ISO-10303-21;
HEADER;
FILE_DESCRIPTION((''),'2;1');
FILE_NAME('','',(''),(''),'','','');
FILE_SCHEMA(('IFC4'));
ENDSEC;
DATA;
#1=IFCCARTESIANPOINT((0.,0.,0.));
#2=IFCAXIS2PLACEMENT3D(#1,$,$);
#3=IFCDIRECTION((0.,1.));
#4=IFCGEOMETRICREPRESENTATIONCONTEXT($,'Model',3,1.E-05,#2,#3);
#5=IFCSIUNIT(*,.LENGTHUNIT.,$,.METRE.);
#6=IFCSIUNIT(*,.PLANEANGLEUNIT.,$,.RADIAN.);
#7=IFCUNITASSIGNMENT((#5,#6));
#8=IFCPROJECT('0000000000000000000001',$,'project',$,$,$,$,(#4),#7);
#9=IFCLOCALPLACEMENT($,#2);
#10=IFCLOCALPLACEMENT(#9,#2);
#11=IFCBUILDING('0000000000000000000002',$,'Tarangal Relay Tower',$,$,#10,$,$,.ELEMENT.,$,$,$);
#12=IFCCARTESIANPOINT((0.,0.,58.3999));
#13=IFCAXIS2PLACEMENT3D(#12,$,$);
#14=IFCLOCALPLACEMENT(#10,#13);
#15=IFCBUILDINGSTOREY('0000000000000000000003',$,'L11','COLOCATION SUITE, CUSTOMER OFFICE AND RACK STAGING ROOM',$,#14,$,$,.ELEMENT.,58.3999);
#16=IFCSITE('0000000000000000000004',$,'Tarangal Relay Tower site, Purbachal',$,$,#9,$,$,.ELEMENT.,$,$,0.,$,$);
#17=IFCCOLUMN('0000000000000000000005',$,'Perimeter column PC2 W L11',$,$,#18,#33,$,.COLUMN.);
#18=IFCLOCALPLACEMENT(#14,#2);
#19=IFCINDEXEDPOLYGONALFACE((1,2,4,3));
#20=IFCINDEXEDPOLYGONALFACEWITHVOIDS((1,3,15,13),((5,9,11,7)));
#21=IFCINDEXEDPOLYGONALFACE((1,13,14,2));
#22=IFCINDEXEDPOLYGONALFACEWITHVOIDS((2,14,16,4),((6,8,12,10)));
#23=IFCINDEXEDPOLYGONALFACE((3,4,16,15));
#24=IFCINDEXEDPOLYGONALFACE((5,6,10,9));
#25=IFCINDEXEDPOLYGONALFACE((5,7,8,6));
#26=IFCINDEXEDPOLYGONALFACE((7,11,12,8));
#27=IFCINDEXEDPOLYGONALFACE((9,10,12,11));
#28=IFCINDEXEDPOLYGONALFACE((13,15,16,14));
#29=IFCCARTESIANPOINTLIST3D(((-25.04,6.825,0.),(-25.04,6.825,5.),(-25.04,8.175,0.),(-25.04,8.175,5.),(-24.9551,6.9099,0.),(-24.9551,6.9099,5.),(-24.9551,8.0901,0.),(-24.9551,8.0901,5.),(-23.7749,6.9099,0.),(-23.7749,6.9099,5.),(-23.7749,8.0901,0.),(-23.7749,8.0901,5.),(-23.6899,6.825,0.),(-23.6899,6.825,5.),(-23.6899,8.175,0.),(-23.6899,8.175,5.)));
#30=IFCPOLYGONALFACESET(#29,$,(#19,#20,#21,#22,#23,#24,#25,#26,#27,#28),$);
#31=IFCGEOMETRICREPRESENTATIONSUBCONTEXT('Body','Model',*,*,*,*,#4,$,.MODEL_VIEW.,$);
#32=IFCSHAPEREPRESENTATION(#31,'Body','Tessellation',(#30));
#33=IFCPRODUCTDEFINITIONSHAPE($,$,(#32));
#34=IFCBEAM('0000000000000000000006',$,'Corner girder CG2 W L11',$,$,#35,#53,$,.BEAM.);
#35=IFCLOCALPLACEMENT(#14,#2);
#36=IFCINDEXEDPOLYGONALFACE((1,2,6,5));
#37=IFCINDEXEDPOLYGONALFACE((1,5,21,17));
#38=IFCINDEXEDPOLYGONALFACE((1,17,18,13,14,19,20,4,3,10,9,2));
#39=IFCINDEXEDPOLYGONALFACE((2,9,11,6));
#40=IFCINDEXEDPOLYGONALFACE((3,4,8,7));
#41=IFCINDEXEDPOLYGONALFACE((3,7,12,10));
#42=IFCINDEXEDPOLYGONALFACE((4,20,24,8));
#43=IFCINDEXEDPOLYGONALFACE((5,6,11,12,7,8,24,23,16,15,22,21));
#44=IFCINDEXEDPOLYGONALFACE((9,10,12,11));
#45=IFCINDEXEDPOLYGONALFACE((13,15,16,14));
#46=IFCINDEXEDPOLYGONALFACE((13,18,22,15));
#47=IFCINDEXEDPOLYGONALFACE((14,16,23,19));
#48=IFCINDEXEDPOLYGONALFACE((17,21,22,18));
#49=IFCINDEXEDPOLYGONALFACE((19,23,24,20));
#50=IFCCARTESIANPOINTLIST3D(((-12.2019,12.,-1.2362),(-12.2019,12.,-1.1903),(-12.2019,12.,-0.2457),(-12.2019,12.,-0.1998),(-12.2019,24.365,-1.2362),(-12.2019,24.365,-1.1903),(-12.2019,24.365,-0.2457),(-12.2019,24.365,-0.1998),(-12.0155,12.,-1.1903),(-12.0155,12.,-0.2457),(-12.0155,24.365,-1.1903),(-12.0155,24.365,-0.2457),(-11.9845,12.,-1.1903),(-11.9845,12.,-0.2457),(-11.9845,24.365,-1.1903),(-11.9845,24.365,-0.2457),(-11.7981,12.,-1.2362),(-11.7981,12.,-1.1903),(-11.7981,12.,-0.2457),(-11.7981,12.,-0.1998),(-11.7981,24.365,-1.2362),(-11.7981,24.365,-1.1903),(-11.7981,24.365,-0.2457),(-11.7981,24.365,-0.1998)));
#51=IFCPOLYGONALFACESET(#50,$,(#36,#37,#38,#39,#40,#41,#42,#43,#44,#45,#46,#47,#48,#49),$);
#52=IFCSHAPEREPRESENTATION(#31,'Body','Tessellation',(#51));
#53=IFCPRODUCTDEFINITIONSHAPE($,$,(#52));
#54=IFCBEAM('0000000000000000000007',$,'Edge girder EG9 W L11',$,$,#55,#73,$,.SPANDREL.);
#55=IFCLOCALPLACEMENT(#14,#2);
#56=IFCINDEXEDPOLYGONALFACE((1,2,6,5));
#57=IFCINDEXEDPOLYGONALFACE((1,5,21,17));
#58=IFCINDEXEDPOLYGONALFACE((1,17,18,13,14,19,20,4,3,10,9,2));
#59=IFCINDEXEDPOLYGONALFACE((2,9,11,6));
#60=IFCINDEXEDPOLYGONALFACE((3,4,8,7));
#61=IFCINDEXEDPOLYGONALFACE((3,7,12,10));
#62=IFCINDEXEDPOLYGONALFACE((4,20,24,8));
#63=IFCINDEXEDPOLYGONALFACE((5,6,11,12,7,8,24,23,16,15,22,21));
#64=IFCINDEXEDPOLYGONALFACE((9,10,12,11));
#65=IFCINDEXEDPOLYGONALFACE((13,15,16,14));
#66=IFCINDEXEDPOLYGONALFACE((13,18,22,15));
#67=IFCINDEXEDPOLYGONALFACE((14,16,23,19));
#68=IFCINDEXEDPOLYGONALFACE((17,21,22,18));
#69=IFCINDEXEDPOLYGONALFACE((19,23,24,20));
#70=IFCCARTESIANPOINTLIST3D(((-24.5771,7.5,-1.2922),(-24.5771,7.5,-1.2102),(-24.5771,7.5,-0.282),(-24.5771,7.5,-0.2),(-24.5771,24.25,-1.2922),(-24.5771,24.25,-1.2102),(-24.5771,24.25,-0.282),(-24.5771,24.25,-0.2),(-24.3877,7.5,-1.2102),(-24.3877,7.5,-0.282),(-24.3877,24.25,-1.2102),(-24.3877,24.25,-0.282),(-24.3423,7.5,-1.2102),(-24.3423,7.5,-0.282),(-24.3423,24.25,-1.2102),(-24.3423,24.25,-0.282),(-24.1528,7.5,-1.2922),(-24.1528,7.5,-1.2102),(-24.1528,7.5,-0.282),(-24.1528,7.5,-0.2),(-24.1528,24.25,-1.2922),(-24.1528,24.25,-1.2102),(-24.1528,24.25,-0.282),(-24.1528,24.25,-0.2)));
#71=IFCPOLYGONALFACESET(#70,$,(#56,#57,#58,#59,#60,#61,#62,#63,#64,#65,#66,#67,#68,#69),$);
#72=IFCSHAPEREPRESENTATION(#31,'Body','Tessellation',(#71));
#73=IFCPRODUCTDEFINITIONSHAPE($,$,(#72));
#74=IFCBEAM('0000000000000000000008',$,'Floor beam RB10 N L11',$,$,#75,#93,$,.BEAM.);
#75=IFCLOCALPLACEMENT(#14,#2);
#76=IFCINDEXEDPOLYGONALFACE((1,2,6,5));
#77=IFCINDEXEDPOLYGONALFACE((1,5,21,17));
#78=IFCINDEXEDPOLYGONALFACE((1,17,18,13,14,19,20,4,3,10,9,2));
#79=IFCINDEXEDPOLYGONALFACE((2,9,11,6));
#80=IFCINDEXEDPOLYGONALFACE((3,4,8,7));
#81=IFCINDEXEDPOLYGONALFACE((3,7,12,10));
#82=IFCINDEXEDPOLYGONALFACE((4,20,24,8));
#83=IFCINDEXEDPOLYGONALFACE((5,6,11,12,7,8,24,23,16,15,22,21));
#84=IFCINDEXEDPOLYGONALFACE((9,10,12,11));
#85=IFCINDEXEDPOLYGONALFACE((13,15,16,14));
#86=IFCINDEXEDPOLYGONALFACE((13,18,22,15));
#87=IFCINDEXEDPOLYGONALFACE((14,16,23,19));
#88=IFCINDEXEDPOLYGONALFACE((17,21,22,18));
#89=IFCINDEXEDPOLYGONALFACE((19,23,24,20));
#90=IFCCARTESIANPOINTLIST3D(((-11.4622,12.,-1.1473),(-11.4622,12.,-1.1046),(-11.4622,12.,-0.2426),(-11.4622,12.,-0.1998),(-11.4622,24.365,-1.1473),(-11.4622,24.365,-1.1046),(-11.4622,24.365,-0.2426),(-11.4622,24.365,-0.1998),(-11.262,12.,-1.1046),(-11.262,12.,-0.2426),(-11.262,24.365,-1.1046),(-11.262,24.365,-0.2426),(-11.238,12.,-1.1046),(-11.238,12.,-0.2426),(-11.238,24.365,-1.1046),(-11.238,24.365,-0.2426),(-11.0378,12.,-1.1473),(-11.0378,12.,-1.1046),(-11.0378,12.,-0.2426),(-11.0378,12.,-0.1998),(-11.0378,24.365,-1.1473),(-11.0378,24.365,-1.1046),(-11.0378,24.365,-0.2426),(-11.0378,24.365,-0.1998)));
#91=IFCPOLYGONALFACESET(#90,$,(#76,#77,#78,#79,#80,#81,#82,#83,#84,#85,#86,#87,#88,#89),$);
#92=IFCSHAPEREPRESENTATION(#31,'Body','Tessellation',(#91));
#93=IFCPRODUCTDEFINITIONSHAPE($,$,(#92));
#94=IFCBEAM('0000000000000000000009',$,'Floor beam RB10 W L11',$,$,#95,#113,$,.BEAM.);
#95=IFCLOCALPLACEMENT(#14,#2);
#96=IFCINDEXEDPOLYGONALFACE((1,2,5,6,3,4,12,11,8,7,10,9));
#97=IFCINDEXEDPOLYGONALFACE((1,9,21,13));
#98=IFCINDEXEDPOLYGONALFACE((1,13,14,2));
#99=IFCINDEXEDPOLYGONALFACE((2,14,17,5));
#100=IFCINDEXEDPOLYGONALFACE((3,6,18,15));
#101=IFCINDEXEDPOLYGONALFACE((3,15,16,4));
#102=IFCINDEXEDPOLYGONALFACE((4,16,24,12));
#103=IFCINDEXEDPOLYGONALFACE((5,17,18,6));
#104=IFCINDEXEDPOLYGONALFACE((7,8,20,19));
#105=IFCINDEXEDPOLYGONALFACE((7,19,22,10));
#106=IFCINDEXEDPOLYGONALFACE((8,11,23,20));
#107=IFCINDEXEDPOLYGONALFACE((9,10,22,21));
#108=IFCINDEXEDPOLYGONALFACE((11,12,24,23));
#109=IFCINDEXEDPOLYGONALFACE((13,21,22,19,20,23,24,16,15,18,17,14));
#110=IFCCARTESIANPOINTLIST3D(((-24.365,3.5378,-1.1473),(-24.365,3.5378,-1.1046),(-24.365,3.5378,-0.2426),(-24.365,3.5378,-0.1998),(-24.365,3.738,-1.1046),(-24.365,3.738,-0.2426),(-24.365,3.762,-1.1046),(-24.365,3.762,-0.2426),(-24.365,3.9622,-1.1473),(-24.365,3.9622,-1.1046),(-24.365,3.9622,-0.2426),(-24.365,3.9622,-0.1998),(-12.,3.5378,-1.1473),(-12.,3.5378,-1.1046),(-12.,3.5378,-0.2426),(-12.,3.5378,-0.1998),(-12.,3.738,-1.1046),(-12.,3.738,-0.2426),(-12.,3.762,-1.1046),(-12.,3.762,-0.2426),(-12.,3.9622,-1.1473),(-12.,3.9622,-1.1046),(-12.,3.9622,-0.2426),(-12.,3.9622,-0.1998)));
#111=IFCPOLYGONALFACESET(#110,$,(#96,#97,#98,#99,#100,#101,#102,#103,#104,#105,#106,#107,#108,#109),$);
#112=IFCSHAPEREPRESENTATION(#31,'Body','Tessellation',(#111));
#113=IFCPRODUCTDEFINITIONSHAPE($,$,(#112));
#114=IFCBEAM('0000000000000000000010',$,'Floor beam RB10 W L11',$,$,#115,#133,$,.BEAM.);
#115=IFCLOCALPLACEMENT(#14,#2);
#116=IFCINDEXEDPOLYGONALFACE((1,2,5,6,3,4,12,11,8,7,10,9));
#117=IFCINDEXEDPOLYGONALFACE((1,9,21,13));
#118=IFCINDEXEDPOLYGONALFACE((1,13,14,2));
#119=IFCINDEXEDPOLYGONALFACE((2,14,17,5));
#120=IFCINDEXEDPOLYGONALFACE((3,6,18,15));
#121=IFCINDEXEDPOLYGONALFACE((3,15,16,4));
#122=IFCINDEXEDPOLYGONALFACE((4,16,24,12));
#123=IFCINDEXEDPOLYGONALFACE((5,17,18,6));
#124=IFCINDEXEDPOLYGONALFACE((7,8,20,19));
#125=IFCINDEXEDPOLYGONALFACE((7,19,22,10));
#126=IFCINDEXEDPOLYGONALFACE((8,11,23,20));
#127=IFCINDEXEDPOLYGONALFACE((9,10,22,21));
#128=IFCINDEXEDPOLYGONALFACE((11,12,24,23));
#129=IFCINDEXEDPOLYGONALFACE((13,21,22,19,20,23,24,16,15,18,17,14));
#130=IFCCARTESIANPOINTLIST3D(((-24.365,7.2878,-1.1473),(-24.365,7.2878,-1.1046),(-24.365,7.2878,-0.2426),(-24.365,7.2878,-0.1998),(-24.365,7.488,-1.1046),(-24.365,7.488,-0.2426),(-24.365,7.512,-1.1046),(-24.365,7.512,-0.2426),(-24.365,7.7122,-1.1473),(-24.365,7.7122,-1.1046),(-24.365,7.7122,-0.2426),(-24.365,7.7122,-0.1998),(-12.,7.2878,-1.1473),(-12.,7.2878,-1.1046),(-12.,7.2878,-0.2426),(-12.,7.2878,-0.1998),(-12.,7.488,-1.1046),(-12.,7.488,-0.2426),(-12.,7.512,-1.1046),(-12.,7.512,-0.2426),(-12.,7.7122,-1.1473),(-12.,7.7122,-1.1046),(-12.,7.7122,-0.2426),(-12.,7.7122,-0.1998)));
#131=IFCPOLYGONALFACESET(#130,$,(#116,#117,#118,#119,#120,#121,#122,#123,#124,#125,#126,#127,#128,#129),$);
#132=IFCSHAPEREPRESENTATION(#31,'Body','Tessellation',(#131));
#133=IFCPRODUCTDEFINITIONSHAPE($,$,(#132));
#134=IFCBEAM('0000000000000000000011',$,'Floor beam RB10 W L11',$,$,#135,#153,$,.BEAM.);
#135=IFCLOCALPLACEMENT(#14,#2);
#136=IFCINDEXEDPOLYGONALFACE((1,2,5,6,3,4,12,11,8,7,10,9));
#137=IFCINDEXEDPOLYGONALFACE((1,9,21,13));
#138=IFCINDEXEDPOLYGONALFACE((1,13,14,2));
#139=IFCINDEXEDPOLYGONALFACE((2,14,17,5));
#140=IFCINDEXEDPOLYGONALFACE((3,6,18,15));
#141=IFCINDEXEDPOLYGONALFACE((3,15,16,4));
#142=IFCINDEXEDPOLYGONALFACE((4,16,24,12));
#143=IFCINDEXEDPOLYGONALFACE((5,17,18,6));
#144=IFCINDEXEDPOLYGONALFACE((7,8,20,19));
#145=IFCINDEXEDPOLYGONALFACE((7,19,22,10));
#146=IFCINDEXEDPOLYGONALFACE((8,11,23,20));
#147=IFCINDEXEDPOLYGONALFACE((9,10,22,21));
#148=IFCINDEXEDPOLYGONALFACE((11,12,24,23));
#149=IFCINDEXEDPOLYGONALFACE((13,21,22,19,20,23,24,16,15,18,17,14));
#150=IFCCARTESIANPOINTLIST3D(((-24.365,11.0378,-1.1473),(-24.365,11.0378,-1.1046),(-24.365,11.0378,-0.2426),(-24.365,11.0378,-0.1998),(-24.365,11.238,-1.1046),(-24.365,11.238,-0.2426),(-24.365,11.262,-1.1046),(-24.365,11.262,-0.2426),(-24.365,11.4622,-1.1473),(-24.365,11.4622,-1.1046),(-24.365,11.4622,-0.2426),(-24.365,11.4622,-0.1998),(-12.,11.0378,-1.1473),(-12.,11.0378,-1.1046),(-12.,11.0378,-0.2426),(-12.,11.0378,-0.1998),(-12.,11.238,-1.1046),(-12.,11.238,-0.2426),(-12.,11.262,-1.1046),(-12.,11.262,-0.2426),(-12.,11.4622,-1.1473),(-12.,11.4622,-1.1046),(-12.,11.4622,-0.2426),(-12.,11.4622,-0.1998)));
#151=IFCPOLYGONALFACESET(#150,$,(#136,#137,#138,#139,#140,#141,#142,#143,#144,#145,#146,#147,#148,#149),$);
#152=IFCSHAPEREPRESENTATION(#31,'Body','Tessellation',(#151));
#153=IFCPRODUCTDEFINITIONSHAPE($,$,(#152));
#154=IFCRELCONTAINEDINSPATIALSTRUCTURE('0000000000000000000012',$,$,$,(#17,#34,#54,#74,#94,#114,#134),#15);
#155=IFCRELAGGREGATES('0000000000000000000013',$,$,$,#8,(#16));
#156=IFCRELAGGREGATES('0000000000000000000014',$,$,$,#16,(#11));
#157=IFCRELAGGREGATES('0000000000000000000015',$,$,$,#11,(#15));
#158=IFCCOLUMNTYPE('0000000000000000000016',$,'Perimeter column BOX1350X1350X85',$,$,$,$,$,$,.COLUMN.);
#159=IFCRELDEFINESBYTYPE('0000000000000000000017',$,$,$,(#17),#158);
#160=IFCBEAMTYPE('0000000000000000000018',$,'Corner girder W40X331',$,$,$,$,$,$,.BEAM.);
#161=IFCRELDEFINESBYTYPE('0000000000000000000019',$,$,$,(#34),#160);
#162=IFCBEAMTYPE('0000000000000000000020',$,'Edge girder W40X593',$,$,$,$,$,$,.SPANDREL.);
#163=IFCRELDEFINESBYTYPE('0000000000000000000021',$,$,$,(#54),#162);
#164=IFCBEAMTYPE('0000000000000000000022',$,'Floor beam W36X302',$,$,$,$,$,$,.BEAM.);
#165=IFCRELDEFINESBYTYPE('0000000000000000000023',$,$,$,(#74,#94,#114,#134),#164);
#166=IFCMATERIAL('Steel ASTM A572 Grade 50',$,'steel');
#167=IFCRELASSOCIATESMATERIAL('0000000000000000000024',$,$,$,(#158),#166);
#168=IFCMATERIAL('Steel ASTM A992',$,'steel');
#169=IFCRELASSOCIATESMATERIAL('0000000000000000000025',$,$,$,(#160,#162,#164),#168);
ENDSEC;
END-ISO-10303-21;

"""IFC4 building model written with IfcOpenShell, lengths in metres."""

from ifc_helpers import new_model, si_unit, direction, frame, origin, origin_2d, place, context, subcontext, project, spatial, hollow_rectangle, i_section, extrude, material, material_profile, profile_set, type_object, element, save


model = new_model("IFC4")

# Units and contexts
model_context = context("Model", 3, precision=1e-05, world=origin(), true_north=direction((0.0, 1.0)))
body_context = subcontext(model_context, "Body", "Model", "MODEL_VIEW")
ifc_project = project(units=[si_unit("LENGTHUNIT", "METRE"), si_unit("PLANEANGLEUNIT", "RADIAN")], contexts=[model_context])

# Site, building, storey
site_placement = place(None, origin())
site = spatial("IfcSite", under=ifc_project, at=site_placement, Name="Tarangal Relay Tower site, Purbachal", CompositionType="ELEMENT", RefElevation=0.0)
building_placement = place(site_placement, origin())
building = spatial("IfcBuilding", under=site, at=building_placement, Name="Tarangal Relay Tower", CompositionType="ELEMENT")
storey_placement = place(building_placement, frame((0.0, 0.0, 58.3999)))
storey = spatial("IfcBuildingStorey", under=building, at=storey_placement, Name="L11", Description="COLOCATION SUITE, CUSTOMER OFFICE AND RACK STAGING ROOM", CompositionType="ELEMENT", Elevation=58.3999)

# Column
ifc_material_1 = material(Name="Steel ASTM A572 Grade 50", Category="steel")
ifc_material_profile_1 = material_profile(ifc_material_1, hollow_rectangle(XDim=1.3501, YDim=1.3501, WallThickness=0.085, at=origin_2d()), Name="BOX1350X1350X85")
ifc_profile_set_1 = profile_set([ifc_material_profile_1], Name="Steel ASTM A572 Grade 50")
column_type = type_object("IfcColumnType", Name="Perimeter column BOX1350X1350X85", PredefinedType="COLUMN", material=ifc_profile_set_1)
column_placement = place(storey_placement, frame((-24.365, 7.5, 0.0), z_axis=(0.0, 0.0, 1.0), x_axis=(1.0, 0.0, 0.0)))
element("IfcColumn", 1, at=column_placement, inside=storey, type_object=column_type, Name="Perimeter column PC2 W L11", PredefinedType="COLUMN", context=body_context, shape_type="SweptSolid", body=[
    extrude(hollow_rectangle(XDim=1.3501, YDim=1.3501, WallThickness=0.085, at=origin_2d()), origin(), (0.0, 0.0, 1.0), 5.0),
])

# Beams
ifc_material_2 = material(Name="Steel ASTM A992", Category="steel")
ifc_material_profile_2 = material_profile(ifc_material_2, i_section(OverallWidth=0.4038, OverallDepth=1.0364, WebThickness=0.031, FlangeThickness=0.0459, at=origin_2d()), Name="W40X331")
ifc_profile_set_2 = profile_set([ifc_material_profile_2], Name="Steel ASTM A992")
beam_type_1 = type_object("IfcBeamType", Name="Corner girder W40X331", PredefinedType="BEAM", material=ifc_profile_set_2)
beam_1_placement = place(storey_placement, frame((-12.0, 12.0, -0.718), z_axis=(0.0, 1.0, 0.0), x_axis=(-1.0, 0.0, 0.0)))
element("IfcBeam", 2, at=beam_1_placement, inside=storey, type_object=beam_type_1, Name="Corner girder CG2 W L11", PredefinedType="BEAM", context=body_context, shape_type="SweptSolid", body=[
    extrude(i_section(OverallWidth=0.4038, OverallDepth=1.0364, WebThickness=0.031, FlangeThickness=0.0459, at=origin_2d()), origin(), (0.0, 0.0, 1.0), 12.365),
])
ifc_material_profile_3 = material_profile(ifc_material_2, i_section(OverallWidth=0.4243, OverallDepth=1.0923, WebThickness=0.0454, FlangeThickness=0.082, at=origin_2d()), Name="W40X593")
ifc_profile_set_3 = profile_set([ifc_material_profile_3], Name="Steel ASTM A992")
beam_type_2 = type_object("IfcBeamType", Name="Edge girder W40X593", PredefinedType="SPANDREL", material=ifc_profile_set_3)
beam_2_placement = place(storey_placement, frame((-24.365, 7.5, -0.7461), z_axis=(0.0, 1.0, 0.0), x_axis=(-1.0, 0.0, 0.0)))
element("IfcBeam", 3, at=beam_2_placement, inside=storey, type_object=beam_type_2, Name="Edge girder EG9 W L11", PredefinedType="SPANDREL", context=body_context, shape_type="SweptSolid", body=[
    extrude(i_section(OverallWidth=0.4243, OverallDepth=1.0923, WebThickness=0.0454, FlangeThickness=0.082, at=origin_2d()), origin(), (0.0, 0.0, 1.0), 16.75),
])
ifc_material_profile_4 = material_profile(ifc_material_2, i_section(OverallWidth=0.4243, OverallDepth=0.9475, WebThickness=0.0239, FlangeThickness=0.0427, at=origin_2d()), Name="W36X302")
ifc_profile_set_4 = profile_set([ifc_material_profile_4], Name="Steel ASTM A992")
beam_type_3 = type_object("IfcBeamType", Name="Floor beam W36X302", PredefinedType="BEAM", material=ifc_profile_set_4)
for number, where, z_axis, x_axis, name in (
    (4, (-11.25, 12.0, -0.6736), (0.0, 1.0, 0.0), (-1.0, 0.0, 0.0), "Floor beam RB10 N L11"),
    (5, (-12.0, 3.75, -0.6736), (-1.0, 0.0, 0.0), (0.0, -1.0, 0.0), "Floor beam RB10 W L11"),
    (6, (-12.0, 7.5, -0.6736), (-1.0, 0.0, 0.0), (0.0, -1.0, 0.0), "Floor beam RB10 W L11"),
    (7, (-12.0, 11.25, -0.6736), (-1.0, 0.0, 0.0), (0.0, -1.0, 0.0), "Floor beam RB10 W L11"),
):
    element("IfcBeam", number, at=place(storey_placement, frame(where, z_axis=z_axis, x_axis=x_axis)), inside=storey, type_object=beam_type_3, Name=name, PredefinedType="BEAM", context=body_context, shape_type="SweptSolid", body=[
        extrude(i_section(OverallWidth=0.4243, OverallDepth=0.9475, WebThickness=0.0239, FlangeThickness=0.0427, at=origin_2d()), origin(), (0.0, 0.0, 1.0), 12.365),
    ])

save(model, "model.ifc")
